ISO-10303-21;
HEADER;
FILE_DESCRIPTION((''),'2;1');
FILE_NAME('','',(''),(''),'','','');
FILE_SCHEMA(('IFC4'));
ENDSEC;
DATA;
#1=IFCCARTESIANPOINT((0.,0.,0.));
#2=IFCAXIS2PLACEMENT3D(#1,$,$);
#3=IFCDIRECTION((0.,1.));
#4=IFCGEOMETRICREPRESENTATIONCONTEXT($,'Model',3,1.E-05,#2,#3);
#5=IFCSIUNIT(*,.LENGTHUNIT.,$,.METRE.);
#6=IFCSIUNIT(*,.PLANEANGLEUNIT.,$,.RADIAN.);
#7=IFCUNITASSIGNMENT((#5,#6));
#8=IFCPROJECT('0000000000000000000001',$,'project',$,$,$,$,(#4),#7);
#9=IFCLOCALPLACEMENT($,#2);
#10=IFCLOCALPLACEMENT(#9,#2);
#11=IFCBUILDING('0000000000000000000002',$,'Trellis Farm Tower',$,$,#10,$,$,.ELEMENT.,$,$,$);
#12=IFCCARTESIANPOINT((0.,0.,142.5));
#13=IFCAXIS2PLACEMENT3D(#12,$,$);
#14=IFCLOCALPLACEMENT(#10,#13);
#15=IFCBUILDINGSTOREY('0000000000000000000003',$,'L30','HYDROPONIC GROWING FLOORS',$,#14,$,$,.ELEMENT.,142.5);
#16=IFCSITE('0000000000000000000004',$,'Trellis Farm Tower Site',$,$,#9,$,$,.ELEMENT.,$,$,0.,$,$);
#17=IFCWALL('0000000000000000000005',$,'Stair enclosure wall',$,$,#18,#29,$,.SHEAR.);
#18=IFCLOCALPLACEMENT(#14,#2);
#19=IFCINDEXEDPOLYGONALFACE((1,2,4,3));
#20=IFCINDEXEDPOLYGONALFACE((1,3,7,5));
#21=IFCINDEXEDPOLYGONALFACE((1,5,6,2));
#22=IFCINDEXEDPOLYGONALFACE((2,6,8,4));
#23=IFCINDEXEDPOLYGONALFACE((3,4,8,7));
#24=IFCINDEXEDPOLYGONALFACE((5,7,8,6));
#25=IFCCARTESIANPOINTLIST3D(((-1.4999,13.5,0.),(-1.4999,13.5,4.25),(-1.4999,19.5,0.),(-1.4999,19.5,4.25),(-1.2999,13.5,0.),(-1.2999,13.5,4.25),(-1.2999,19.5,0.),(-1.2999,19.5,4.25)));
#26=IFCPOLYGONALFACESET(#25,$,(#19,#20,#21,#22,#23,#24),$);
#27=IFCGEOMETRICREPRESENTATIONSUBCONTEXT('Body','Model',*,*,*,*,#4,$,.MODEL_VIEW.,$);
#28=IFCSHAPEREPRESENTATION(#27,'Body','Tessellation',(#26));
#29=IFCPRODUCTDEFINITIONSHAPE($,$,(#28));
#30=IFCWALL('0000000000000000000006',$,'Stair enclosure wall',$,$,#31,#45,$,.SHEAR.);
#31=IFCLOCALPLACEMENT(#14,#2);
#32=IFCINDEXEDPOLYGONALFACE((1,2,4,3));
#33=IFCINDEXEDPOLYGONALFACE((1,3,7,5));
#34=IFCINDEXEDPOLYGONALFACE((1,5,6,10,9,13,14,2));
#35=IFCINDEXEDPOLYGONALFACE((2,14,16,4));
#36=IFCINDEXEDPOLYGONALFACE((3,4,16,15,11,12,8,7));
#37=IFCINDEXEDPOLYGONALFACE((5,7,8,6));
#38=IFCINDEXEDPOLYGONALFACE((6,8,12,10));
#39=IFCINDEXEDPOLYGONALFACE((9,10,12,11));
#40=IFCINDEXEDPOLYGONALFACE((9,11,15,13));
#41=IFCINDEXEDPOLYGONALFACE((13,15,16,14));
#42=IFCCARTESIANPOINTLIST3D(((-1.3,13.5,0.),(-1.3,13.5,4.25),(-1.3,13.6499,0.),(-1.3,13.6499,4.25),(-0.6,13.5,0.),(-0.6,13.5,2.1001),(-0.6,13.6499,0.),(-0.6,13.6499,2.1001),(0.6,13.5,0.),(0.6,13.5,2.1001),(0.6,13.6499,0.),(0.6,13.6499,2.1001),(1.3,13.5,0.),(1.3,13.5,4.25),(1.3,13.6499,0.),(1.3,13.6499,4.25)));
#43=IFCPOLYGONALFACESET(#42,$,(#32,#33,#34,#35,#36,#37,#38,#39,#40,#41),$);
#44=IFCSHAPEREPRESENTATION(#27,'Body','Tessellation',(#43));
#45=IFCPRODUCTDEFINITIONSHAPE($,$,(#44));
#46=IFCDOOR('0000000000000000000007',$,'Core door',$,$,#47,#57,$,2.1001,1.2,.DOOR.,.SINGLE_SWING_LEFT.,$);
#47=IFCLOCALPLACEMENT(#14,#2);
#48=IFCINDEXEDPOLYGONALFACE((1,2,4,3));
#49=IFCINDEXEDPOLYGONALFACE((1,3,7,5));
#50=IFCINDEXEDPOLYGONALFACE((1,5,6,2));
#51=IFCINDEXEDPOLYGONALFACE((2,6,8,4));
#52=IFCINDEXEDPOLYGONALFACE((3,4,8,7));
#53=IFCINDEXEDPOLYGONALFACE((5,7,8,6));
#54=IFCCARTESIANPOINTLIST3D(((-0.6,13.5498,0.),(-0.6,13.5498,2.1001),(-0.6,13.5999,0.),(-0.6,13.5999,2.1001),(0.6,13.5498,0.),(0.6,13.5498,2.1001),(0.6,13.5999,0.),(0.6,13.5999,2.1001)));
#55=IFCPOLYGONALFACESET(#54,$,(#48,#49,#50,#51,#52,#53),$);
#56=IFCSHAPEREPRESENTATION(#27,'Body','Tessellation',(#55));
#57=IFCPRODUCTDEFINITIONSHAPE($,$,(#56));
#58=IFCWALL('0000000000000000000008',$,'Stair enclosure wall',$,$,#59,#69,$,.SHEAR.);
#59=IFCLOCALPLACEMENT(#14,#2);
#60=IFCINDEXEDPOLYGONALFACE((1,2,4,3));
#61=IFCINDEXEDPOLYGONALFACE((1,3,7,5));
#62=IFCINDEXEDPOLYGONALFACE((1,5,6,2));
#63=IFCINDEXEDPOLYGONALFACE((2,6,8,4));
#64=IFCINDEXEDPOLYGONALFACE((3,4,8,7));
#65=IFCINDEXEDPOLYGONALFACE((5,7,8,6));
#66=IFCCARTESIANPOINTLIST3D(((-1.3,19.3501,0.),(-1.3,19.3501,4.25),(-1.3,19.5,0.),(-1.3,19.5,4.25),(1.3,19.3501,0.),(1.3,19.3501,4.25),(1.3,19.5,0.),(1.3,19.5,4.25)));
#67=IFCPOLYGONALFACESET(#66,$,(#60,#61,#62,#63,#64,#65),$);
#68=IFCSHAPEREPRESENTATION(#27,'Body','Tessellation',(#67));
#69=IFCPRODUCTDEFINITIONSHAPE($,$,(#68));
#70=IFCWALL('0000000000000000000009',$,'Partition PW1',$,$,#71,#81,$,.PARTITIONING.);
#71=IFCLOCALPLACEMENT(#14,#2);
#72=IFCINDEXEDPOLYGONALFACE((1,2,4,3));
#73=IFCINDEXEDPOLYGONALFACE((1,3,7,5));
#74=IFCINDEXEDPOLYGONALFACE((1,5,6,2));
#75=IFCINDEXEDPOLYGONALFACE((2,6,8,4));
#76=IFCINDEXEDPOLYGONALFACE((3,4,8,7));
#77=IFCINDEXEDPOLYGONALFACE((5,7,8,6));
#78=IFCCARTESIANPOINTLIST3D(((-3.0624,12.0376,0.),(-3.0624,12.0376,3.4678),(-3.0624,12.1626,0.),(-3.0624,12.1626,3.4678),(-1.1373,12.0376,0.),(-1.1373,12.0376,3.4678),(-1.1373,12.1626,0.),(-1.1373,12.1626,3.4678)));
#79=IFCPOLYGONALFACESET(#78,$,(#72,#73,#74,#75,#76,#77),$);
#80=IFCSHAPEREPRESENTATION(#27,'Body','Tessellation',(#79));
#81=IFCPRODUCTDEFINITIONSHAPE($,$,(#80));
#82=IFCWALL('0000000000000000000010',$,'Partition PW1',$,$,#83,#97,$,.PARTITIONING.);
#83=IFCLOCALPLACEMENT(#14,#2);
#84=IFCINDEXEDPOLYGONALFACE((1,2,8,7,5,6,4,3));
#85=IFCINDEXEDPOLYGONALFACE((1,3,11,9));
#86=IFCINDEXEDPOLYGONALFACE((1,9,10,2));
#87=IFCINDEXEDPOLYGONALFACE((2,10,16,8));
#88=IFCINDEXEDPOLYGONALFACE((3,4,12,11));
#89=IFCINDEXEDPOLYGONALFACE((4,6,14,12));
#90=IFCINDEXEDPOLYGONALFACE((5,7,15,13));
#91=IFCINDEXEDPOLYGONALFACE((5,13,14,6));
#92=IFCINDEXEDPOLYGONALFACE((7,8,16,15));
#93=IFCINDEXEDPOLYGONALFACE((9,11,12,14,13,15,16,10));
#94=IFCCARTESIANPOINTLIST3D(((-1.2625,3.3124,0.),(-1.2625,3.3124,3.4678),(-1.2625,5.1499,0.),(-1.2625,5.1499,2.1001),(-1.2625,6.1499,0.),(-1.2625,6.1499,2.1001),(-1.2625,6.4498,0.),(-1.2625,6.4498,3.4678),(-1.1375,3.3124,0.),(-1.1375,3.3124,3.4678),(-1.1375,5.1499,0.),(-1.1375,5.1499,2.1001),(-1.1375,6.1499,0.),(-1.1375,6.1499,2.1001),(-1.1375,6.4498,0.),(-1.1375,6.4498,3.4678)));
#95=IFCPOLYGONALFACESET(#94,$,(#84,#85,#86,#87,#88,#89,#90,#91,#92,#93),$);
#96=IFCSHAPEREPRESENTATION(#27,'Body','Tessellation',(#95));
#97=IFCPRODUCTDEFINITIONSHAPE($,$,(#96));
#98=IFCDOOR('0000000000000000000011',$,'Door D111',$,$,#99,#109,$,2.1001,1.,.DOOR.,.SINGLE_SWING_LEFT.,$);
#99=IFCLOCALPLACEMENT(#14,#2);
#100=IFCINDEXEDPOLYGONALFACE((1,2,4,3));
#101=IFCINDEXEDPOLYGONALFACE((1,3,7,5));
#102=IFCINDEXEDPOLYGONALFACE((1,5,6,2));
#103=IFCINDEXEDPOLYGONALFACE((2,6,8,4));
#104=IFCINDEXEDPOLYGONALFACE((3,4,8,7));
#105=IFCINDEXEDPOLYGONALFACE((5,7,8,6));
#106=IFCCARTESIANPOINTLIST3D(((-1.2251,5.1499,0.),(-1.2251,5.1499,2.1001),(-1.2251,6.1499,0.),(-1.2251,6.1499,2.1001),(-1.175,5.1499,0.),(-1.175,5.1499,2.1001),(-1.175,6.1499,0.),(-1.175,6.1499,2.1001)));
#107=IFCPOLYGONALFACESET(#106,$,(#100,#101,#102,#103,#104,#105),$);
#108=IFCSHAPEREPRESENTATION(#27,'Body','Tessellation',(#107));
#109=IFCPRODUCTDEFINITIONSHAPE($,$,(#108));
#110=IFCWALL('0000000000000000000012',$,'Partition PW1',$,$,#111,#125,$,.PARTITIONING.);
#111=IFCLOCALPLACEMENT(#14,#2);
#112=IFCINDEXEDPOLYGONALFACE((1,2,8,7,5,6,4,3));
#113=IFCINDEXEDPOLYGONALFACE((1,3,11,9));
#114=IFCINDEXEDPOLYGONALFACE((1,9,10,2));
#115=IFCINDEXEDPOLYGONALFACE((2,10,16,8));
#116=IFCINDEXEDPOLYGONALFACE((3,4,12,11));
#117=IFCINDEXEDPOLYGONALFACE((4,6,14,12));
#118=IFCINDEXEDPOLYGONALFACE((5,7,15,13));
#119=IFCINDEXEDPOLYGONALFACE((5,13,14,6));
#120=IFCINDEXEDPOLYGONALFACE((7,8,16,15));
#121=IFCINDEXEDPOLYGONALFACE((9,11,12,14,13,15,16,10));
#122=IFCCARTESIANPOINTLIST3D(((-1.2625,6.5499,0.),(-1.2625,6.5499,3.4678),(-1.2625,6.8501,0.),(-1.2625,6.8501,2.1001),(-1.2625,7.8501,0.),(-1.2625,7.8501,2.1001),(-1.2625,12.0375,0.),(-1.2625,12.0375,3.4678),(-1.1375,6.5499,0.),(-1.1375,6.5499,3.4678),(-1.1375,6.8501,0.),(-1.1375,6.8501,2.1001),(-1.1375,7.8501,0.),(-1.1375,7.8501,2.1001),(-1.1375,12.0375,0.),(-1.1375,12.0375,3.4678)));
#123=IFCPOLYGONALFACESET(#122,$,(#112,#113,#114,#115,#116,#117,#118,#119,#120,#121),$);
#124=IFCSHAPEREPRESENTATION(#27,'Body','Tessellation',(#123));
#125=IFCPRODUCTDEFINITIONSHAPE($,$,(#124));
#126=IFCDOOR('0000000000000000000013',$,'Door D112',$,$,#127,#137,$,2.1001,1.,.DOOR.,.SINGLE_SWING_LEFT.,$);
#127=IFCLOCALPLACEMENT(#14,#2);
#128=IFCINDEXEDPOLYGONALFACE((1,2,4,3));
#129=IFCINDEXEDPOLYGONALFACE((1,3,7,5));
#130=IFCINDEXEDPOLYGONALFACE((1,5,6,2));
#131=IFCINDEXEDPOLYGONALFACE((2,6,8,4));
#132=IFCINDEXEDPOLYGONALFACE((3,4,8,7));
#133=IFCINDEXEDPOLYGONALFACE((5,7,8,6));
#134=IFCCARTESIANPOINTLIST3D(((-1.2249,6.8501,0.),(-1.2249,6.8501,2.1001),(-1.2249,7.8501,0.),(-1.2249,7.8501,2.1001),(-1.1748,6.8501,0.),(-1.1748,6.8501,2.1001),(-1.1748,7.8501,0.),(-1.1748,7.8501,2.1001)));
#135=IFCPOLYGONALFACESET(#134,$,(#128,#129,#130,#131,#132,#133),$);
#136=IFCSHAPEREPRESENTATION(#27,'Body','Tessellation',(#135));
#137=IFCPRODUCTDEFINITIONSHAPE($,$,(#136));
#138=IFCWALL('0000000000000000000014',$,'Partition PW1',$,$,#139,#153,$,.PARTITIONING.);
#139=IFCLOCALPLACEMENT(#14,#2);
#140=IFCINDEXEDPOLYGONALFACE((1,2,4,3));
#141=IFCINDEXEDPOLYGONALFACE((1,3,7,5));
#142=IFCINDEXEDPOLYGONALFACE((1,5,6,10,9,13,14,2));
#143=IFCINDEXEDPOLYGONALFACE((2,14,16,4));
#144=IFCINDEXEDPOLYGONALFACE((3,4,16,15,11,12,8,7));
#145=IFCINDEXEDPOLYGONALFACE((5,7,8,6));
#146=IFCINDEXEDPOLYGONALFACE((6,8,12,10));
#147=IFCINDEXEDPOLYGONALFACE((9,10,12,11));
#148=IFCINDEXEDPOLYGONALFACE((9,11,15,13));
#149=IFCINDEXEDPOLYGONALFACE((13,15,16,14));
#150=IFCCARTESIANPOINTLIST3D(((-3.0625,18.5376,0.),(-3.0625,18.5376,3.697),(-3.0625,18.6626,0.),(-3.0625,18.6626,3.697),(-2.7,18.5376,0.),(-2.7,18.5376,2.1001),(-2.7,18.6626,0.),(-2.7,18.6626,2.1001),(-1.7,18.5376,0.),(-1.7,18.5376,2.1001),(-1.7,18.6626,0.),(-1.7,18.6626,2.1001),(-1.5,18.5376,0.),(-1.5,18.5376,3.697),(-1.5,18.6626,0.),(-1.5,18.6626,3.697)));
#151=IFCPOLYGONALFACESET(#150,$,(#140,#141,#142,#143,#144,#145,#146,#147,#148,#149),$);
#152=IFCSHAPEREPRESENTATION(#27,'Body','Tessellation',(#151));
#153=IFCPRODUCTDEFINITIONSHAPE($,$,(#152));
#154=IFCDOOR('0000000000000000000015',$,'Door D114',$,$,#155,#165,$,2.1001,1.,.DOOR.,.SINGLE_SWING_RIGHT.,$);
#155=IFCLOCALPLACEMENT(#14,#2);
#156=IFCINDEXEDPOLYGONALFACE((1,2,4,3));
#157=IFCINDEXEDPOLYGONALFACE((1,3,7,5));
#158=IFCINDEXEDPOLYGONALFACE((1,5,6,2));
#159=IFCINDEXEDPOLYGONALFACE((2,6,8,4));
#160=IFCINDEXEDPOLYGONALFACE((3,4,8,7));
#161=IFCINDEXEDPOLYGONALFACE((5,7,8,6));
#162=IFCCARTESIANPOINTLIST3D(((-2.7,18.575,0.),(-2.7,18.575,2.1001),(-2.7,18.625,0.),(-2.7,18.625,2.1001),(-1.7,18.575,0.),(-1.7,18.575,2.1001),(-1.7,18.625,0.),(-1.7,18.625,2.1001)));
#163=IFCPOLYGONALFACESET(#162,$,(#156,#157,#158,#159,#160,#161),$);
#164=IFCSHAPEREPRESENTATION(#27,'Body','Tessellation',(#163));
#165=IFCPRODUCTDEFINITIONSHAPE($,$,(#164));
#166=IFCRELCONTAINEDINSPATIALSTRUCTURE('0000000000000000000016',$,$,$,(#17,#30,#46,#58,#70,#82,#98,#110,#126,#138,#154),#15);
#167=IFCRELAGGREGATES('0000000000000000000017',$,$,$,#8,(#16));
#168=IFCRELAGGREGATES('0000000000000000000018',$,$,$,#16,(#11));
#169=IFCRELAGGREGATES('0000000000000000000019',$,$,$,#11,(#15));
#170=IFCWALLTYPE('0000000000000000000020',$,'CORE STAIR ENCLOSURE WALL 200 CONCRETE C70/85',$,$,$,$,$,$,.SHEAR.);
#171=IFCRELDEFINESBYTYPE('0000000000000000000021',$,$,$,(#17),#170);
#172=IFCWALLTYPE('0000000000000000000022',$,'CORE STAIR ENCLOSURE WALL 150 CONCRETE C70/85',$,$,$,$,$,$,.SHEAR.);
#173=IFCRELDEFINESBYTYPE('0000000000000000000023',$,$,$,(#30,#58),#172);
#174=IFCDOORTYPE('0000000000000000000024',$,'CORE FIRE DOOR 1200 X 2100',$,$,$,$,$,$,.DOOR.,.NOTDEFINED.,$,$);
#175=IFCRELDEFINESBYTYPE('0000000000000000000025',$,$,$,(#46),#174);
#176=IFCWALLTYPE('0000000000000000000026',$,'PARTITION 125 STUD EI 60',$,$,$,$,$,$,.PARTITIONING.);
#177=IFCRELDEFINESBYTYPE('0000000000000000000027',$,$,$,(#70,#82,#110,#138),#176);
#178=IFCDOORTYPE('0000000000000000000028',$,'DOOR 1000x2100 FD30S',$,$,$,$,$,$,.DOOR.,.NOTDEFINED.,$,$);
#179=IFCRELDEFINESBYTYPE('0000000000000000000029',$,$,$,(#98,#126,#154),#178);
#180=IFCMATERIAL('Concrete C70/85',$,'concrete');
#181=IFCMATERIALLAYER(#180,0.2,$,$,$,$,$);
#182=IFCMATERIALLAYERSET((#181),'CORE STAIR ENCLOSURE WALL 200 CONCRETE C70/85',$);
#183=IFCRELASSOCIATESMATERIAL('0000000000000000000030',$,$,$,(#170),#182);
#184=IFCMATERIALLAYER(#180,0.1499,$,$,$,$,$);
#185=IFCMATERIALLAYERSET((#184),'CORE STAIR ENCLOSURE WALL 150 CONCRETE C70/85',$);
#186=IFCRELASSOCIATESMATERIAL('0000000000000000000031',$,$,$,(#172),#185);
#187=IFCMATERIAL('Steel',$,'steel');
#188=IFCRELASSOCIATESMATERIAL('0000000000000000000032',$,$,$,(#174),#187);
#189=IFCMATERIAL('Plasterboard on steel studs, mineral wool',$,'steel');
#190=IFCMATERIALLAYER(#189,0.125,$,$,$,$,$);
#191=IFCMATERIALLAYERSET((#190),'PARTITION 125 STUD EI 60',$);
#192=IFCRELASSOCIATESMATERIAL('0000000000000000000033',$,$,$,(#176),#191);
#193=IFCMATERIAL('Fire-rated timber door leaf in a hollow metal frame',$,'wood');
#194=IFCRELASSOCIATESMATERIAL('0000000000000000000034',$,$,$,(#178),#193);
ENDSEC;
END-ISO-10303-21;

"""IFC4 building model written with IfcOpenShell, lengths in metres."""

from ifc_helpers import new_model, si_unit, direction, frame, frame_2d, origin, place, context, subcontext, project, spatial, rectangle, extrude, source, transform, mapped, material, layer, layer_set, type_object, element, fill, save


model = new_model("IFC4")

# Units and contexts
model_context = context("Model", 3, precision=1e-05, world=origin(), true_north=direction((0.0, 1.0)))
body_context = subcontext(model_context, "Body", "Model", "MODEL_VIEW")
ifc_project = project(units=[si_unit("LENGTHUNIT", "METRE"), si_unit("PLANEANGLEUNIT", "RADIAN")], contexts=[model_context])

# Site, building, storey
site_placement = place(None, origin())
site = spatial("IfcSite", under=ifc_project, at=site_placement, Name="Trellis Farm Tower Site", CompositionType="ELEMENT", RefElevation=0.0)
building_placement = place(site_placement, origin())
building = spatial("IfcBuilding", under=site, at=building_placement, Name="Trellis Farm Tower", CompositionType="ELEMENT")
storey_placement = place(building_placement, frame((0.0, 0.0, 142.5)))
storey = spatial("IfcBuildingStorey", under=building, at=storey_placement, Name="L30", Description="HYDROPONIC GROWING FLOORS", CompositionType="ELEMENT", Elevation=142.5)

# Wall
ifc_material_1 = material(Name="Concrete C70/85", Category="concrete")
ifc_layer_1 = layer(ifc_material_1, 0.2)
ifc_layer_set_1 = layer_set([ifc_layer_1], Name="CORE STAIR ENCLOSURE WALL 200 CONCRETE C70/85")
wall_type_1 = type_object("IfcWallType", Name="CORE STAIR ENCLOSURE WALL 200 CONCRETE C70/85", PredefinedType="SHEAR", material=ifc_layer_set_1)
shared_shape_1 = source(origin(), body_context, "Body", "SweptSolid", [
    extrude(rectangle(XDim=6.0, YDim=0.2, at=frame_2d((3.0, 0.0))), origin(), (0.0, 0.0, 1.0), 4.25),
])
wall_1_placement = place(storey_placement, frame((-1.3999, 13.5, 0.0), z_axis=(0.0, 0.0, 1.0), x_axis=(0.0, 1.0, 0.0)))
element("IfcWall", 1, at=wall_1_placement, inside=storey, type_object=wall_type_1, Name="Stair enclosure wall", PredefinedType="SHEAR", context=body_context, shape_type="MappedRepresentation", body=[
    mapped(shared_shape_1, transform((0.0, 0.0, 0.0))),
])

# Wall, opening, door
ifc_layer_2 = layer(ifc_material_1, 0.1499)
ifc_layer_set_2 = layer_set([ifc_layer_2], Name="CORE STAIR ENCLOSURE WALL 150 CONCRETE C70/85")
wall_type_2 = type_object("IfcWallType", Name="CORE STAIR ENCLOSURE WALL 150 CONCRETE C70/85", PredefinedType="SHEAR", material=ifc_layer_set_2)
shared_shape_2 = source(origin(), body_context, "Body", "SweptSolid", [
    extrude(rectangle(XDim=2.6001, YDim=0.1499, at=frame_2d((1.3, 0.0))), origin(), (0.0, 0.0, 1.0), 4.25),
])
wall_2_placement = place(storey_placement, frame((-1.3, 13.575, 0.0), z_axis=(0.0, 0.0, 1.0), x_axis=(1.0, 0.0, 0.0)))
wall_2 = element("IfcWall", 2, at=wall_2_placement, inside=storey, type_object=wall_type_2, Name="Stair enclosure wall", PredefinedType="SHEAR", context=body_context, shape_type="MappedRepresentation", body=[
    mapped(shared_shape_2, transform((0.0, 0.0, 0.0))),
])
shared_shape_3 = source(origin(), body_context, "Body", "SweptSolid", [
    extrude(rectangle(XDim=1.2, YDim=2.1001, at=frame_2d((0.6001, 1.05))), frame((0.0, 0.085, 0.0), z_axis=(0.0, -1.0, 0.0), x_axis=(1.0, 0.0, 0.0)), (0.0, 0.0, 1.0), 0.1699),
])
opening_1_placement = place(wall_2_placement, frame((0.7, 0.0, 0.0)))
opening_1 = element("IfcOpeningElement", 3, at=opening_1_placement, cuts=wall_2, PredefinedType="OPENING", context=body_context, shape_type="MappedRepresentation", body=[
    mapped(shared_shape_3, transform((0.0, 0.0, 0.0))),
])
ifc_material_2 = material(Name="Steel", Category="steel")
door_type_1 = type_object("IfcDoorType", Name="CORE FIRE DOOR 1200 X 2100", OperationType="NOTDEFINED", PredefinedType="DOOR", material=ifc_material_2)
shared_shape_4 = source(origin(), body_context, "Body", "SweptSolid", [
    extrude(rectangle(XDim=1.2, YDim=2.1001, at=frame_2d((0.6001, 1.05))), frame((0.0, 0.0249, 0.0), z_axis=(0.0, -1.0, 0.0), x_axis=(1.0, 0.0, 0.0)), (0.0, 0.0, 1.0), 0.05),
])
door_1_placement = place(opening_1_placement, origin())
door_1 = element("IfcDoor", 4, at=door_1_placement, inside=storey, type_object=door_type_1, Name="Core door", OperationType="SINGLE_SWING_LEFT", OverallHeight=2.1001, OverallWidth=1.2, PredefinedType="DOOR", context=body_context, shape_type="MappedRepresentation", body=[
    mapped(shared_shape_4, transform((0.0, 0.0, 0.0))),
])
fill(opening_1, door_1)

# Walls
wall_3_placement = place(storey_placement, frame((-1.3, 19.425, 0.0), z_axis=(0.0, 0.0, 1.0), x_axis=(1.0, 0.0, 0.0)))
element("IfcWall", 5, at=wall_3_placement, inside=storey, type_object=wall_type_2, Name="Stair enclosure wall", PredefinedType="SHEAR", context=body_context, shape_type="MappedRepresentation", body=[
    mapped(shared_shape_2, transform((0.0, 0.0, 0.0))),
])
ifc_material_3 = material(Name="Plasterboard on steel studs, mineral wool", Category="steel")
ifc_layer_3 = layer(ifc_material_3, 0.125)
ifc_layer_set_3 = layer_set([ifc_layer_3], Name="PARTITION 125 STUD EI 60")
wall_type_3 = type_object("IfcWallType", Name="PARTITION 125 STUD EI 60", PredefinedType="PARTITIONING", material=ifc_layer_set_3)
shared_shape_5 = source(origin(), body_context, "Body", "SweptSolid", [
    extrude(rectangle(XDim=1.925, YDim=0.125, at=frame_2d((0.9624, 0.0))), origin(), (0.0, 0.0, 1.0), 3.4678),
])
wall_4_placement = place(storey_placement, frame((-1.1375, 12.1001, 0.0), z_axis=(0.0, 0.0, 1.0), x_axis=(-1.0, 0.0, 0.0)))
element("IfcWall", 6, at=wall_4_placement, inside=storey, type_object=wall_type_3, Name="Partition PW1", PredefinedType="PARTITIONING", context=body_context, shape_type="MappedRepresentation", body=[
    mapped(shared_shape_5, transform((0.0, 0.0, 0.0))),
])

# Walls, openings, doors
shared_shape_6 = source(origin(), body_context, "Body", "SweptSolid", [
    extrude(rectangle(XDim=3.1375, YDim=0.125, at=frame_2d((1.5688, 0.0))), origin(), (0.0, 0.0, 1.0), 3.4678),
])
wall_5_placement = place(storey_placement, frame((-1.2, 6.45, 0.0), z_axis=(0.0, 0.0, 1.0), x_axis=(0.0, -1.0, 0.0)))
wall_5 = element("IfcWall", 7, at=wall_5_placement, inside=storey, type_object=wall_type_3, Name="Partition PW1", PredefinedType="PARTITIONING", context=body_context, shape_type="MappedRepresentation", body=[
    mapped(shared_shape_6, transform((0.0, 0.0, 0.0))),
])
shared_shape_7 = source(origin(), body_context, "Body", "SweptSolid", [
    extrude(rectangle(XDim=1.0, YDim=2.1001, at=frame_2d((0.5, 1.05))), frame((0.0, 0.0725, 0.0), z_axis=(0.0, -1.0, 0.0), x_axis=(1.0, 0.0, 0.0)), (0.0, 0.0, 1.0), 0.145),
])
opening_2_placement = place(wall_5_placement, frame((0.3, 0.0, 0.0)))
opening_2 = element("IfcOpeningElement", 8, at=opening_2_placement, cuts=wall_5, PredefinedType="OPENING", context=body_context, shape_type="MappedRepresentation", body=[
    mapped(shared_shape_7, transform((0.0, 0.0, 0.0))),
])
ifc_material_4 = material(Name="Fire-rated timber door leaf in a hollow metal frame", Category="wood")
door_type_2 = type_object("IfcDoorType", Name="DOOR 1000x2100 FD30S", OperationType="NOTDEFINED", PredefinedType="DOOR", material=ifc_material_4)
shared_shape_8 = source(origin(), body_context, "Body", "SweptSolid", [
    extrude(rectangle(XDim=1.0, YDim=2.1001, at=frame_2d((0.5, 1.05))), frame((0.0, 0.0249, 0.0), z_axis=(0.0, -1.0, 0.0), x_axis=(1.0, 0.0, 0.0)), (0.0, 0.0, 1.0), 0.05),
])
door_2_placement = place(opening_2_placement, origin())
door_2 = element("IfcDoor", 9, at=door_2_placement, inside=storey, type_object=door_type_2, Name="Door D111", OperationType="SINGLE_SWING_LEFT", OverallHeight=2.1001, OverallWidth=1.0, PredefinedType="DOOR", context=body_context, shape_type="MappedRepresentation", body=[
    mapped(shared_shape_8, transform((0.0, 0.0, 0.0))),
])
fill(opening_2, door_2)
shared_shape_9 = source(origin(), body_context, "Body", "SweptSolid", [
    extrude(rectangle(XDim=5.4875, YDim=0.125, at=frame_2d((2.7437, 0.0))), origin(), (0.0, 0.0, 1.0), 3.4678),
])
wall_6_placement = place(storey_placement, frame((-1.2, 6.55, 0.0), z_axis=(0.0, 0.0, 1.0), x_axis=(0.0, 1.0, 0.0)))
wall_6 = element("IfcWall", 10, at=wall_6_placement, inside=storey, type_object=wall_type_3, Name="Partition PW1", PredefinedType="PARTITIONING", context=body_context, shape_type="MappedRepresentation", body=[
    mapped(shared_shape_9, transform((0.0, 0.0, 0.0))),
])
opening_3_placement = place(wall_6_placement, frame((0.3, 0.0, 0.0)))
opening_3 = element("IfcOpeningElement", 11, at=opening_3_placement, cuts=wall_6, PredefinedType="OPENING", context=body_context, shape_type="MappedRepresentation", body=[
    mapped(shared_shape_7, transform((0.0, 0.0, 0.0))),
])
door_3_placement = place(opening_3_placement, origin())
door_3 = element("IfcDoor", 12, at=door_3_placement, inside=storey, type_object=door_type_2, Name="Door D112", OperationType="SINGLE_SWING_LEFT", OverallHeight=2.1001, OverallWidth=1.0, PredefinedType="DOOR", context=body_context, shape_type="MappedRepresentation", body=[
    mapped(shared_shape_8, transform((0.0, 0.0, 0.0))),
])
fill(opening_3, door_3)
shared_shape_10 = source(origin(), body_context, "Body", "SweptSolid", [
    extrude(rectangle(XDim=1.5625, YDim=0.125, at=frame_2d((0.7812, 0.0))), origin(), (0.0, 0.0, 1.0), 3.697),
])
wall_7_placement = place(storey_placement, frame((-3.0625, 18.6001, 0.0), z_axis=(0.0, 0.0, 1.0), x_axis=(1.0, 0.0, 0.0)))
wall_7 = element("IfcWall", 13, at=wall_7_placement, inside=storey, type_object=wall_type_3, Name="Partition PW1", PredefinedType="PARTITIONING", context=body_context, shape_type="MappedRepresentation", body=[
    mapped(shared_shape_10, transform((0.0, 0.0, 0.0))),
])
opening_4_placement = place(wall_7_placement, frame((0.3625, 0.0, 0.0)))
opening_4 = element("IfcOpeningElement", 14, at=opening_4_placement, cuts=wall_7, PredefinedType="OPENING", context=body_context, shape_type="MappedRepresentation", body=[
    mapped(shared_shape_7, transform((0.0, 0.0, 0.0))),
])
door_4_placement = place(opening_4_placement, origin())
door_4 = element("IfcDoor", 15, at=door_4_placement, inside=storey, type_object=door_type_2, Name="Door D114", OperationType="SINGLE_SWING_RIGHT", OverallHeight=2.1001, OverallWidth=1.0, PredefinedType="DOOR", context=body_context, shape_type="MappedRepresentation", body=[
    mapped(shared_shape_8, transform((0.0, 0.0, 0.0))),
])
fill(opening_4, door_4)

save(model, "model.ifc")
